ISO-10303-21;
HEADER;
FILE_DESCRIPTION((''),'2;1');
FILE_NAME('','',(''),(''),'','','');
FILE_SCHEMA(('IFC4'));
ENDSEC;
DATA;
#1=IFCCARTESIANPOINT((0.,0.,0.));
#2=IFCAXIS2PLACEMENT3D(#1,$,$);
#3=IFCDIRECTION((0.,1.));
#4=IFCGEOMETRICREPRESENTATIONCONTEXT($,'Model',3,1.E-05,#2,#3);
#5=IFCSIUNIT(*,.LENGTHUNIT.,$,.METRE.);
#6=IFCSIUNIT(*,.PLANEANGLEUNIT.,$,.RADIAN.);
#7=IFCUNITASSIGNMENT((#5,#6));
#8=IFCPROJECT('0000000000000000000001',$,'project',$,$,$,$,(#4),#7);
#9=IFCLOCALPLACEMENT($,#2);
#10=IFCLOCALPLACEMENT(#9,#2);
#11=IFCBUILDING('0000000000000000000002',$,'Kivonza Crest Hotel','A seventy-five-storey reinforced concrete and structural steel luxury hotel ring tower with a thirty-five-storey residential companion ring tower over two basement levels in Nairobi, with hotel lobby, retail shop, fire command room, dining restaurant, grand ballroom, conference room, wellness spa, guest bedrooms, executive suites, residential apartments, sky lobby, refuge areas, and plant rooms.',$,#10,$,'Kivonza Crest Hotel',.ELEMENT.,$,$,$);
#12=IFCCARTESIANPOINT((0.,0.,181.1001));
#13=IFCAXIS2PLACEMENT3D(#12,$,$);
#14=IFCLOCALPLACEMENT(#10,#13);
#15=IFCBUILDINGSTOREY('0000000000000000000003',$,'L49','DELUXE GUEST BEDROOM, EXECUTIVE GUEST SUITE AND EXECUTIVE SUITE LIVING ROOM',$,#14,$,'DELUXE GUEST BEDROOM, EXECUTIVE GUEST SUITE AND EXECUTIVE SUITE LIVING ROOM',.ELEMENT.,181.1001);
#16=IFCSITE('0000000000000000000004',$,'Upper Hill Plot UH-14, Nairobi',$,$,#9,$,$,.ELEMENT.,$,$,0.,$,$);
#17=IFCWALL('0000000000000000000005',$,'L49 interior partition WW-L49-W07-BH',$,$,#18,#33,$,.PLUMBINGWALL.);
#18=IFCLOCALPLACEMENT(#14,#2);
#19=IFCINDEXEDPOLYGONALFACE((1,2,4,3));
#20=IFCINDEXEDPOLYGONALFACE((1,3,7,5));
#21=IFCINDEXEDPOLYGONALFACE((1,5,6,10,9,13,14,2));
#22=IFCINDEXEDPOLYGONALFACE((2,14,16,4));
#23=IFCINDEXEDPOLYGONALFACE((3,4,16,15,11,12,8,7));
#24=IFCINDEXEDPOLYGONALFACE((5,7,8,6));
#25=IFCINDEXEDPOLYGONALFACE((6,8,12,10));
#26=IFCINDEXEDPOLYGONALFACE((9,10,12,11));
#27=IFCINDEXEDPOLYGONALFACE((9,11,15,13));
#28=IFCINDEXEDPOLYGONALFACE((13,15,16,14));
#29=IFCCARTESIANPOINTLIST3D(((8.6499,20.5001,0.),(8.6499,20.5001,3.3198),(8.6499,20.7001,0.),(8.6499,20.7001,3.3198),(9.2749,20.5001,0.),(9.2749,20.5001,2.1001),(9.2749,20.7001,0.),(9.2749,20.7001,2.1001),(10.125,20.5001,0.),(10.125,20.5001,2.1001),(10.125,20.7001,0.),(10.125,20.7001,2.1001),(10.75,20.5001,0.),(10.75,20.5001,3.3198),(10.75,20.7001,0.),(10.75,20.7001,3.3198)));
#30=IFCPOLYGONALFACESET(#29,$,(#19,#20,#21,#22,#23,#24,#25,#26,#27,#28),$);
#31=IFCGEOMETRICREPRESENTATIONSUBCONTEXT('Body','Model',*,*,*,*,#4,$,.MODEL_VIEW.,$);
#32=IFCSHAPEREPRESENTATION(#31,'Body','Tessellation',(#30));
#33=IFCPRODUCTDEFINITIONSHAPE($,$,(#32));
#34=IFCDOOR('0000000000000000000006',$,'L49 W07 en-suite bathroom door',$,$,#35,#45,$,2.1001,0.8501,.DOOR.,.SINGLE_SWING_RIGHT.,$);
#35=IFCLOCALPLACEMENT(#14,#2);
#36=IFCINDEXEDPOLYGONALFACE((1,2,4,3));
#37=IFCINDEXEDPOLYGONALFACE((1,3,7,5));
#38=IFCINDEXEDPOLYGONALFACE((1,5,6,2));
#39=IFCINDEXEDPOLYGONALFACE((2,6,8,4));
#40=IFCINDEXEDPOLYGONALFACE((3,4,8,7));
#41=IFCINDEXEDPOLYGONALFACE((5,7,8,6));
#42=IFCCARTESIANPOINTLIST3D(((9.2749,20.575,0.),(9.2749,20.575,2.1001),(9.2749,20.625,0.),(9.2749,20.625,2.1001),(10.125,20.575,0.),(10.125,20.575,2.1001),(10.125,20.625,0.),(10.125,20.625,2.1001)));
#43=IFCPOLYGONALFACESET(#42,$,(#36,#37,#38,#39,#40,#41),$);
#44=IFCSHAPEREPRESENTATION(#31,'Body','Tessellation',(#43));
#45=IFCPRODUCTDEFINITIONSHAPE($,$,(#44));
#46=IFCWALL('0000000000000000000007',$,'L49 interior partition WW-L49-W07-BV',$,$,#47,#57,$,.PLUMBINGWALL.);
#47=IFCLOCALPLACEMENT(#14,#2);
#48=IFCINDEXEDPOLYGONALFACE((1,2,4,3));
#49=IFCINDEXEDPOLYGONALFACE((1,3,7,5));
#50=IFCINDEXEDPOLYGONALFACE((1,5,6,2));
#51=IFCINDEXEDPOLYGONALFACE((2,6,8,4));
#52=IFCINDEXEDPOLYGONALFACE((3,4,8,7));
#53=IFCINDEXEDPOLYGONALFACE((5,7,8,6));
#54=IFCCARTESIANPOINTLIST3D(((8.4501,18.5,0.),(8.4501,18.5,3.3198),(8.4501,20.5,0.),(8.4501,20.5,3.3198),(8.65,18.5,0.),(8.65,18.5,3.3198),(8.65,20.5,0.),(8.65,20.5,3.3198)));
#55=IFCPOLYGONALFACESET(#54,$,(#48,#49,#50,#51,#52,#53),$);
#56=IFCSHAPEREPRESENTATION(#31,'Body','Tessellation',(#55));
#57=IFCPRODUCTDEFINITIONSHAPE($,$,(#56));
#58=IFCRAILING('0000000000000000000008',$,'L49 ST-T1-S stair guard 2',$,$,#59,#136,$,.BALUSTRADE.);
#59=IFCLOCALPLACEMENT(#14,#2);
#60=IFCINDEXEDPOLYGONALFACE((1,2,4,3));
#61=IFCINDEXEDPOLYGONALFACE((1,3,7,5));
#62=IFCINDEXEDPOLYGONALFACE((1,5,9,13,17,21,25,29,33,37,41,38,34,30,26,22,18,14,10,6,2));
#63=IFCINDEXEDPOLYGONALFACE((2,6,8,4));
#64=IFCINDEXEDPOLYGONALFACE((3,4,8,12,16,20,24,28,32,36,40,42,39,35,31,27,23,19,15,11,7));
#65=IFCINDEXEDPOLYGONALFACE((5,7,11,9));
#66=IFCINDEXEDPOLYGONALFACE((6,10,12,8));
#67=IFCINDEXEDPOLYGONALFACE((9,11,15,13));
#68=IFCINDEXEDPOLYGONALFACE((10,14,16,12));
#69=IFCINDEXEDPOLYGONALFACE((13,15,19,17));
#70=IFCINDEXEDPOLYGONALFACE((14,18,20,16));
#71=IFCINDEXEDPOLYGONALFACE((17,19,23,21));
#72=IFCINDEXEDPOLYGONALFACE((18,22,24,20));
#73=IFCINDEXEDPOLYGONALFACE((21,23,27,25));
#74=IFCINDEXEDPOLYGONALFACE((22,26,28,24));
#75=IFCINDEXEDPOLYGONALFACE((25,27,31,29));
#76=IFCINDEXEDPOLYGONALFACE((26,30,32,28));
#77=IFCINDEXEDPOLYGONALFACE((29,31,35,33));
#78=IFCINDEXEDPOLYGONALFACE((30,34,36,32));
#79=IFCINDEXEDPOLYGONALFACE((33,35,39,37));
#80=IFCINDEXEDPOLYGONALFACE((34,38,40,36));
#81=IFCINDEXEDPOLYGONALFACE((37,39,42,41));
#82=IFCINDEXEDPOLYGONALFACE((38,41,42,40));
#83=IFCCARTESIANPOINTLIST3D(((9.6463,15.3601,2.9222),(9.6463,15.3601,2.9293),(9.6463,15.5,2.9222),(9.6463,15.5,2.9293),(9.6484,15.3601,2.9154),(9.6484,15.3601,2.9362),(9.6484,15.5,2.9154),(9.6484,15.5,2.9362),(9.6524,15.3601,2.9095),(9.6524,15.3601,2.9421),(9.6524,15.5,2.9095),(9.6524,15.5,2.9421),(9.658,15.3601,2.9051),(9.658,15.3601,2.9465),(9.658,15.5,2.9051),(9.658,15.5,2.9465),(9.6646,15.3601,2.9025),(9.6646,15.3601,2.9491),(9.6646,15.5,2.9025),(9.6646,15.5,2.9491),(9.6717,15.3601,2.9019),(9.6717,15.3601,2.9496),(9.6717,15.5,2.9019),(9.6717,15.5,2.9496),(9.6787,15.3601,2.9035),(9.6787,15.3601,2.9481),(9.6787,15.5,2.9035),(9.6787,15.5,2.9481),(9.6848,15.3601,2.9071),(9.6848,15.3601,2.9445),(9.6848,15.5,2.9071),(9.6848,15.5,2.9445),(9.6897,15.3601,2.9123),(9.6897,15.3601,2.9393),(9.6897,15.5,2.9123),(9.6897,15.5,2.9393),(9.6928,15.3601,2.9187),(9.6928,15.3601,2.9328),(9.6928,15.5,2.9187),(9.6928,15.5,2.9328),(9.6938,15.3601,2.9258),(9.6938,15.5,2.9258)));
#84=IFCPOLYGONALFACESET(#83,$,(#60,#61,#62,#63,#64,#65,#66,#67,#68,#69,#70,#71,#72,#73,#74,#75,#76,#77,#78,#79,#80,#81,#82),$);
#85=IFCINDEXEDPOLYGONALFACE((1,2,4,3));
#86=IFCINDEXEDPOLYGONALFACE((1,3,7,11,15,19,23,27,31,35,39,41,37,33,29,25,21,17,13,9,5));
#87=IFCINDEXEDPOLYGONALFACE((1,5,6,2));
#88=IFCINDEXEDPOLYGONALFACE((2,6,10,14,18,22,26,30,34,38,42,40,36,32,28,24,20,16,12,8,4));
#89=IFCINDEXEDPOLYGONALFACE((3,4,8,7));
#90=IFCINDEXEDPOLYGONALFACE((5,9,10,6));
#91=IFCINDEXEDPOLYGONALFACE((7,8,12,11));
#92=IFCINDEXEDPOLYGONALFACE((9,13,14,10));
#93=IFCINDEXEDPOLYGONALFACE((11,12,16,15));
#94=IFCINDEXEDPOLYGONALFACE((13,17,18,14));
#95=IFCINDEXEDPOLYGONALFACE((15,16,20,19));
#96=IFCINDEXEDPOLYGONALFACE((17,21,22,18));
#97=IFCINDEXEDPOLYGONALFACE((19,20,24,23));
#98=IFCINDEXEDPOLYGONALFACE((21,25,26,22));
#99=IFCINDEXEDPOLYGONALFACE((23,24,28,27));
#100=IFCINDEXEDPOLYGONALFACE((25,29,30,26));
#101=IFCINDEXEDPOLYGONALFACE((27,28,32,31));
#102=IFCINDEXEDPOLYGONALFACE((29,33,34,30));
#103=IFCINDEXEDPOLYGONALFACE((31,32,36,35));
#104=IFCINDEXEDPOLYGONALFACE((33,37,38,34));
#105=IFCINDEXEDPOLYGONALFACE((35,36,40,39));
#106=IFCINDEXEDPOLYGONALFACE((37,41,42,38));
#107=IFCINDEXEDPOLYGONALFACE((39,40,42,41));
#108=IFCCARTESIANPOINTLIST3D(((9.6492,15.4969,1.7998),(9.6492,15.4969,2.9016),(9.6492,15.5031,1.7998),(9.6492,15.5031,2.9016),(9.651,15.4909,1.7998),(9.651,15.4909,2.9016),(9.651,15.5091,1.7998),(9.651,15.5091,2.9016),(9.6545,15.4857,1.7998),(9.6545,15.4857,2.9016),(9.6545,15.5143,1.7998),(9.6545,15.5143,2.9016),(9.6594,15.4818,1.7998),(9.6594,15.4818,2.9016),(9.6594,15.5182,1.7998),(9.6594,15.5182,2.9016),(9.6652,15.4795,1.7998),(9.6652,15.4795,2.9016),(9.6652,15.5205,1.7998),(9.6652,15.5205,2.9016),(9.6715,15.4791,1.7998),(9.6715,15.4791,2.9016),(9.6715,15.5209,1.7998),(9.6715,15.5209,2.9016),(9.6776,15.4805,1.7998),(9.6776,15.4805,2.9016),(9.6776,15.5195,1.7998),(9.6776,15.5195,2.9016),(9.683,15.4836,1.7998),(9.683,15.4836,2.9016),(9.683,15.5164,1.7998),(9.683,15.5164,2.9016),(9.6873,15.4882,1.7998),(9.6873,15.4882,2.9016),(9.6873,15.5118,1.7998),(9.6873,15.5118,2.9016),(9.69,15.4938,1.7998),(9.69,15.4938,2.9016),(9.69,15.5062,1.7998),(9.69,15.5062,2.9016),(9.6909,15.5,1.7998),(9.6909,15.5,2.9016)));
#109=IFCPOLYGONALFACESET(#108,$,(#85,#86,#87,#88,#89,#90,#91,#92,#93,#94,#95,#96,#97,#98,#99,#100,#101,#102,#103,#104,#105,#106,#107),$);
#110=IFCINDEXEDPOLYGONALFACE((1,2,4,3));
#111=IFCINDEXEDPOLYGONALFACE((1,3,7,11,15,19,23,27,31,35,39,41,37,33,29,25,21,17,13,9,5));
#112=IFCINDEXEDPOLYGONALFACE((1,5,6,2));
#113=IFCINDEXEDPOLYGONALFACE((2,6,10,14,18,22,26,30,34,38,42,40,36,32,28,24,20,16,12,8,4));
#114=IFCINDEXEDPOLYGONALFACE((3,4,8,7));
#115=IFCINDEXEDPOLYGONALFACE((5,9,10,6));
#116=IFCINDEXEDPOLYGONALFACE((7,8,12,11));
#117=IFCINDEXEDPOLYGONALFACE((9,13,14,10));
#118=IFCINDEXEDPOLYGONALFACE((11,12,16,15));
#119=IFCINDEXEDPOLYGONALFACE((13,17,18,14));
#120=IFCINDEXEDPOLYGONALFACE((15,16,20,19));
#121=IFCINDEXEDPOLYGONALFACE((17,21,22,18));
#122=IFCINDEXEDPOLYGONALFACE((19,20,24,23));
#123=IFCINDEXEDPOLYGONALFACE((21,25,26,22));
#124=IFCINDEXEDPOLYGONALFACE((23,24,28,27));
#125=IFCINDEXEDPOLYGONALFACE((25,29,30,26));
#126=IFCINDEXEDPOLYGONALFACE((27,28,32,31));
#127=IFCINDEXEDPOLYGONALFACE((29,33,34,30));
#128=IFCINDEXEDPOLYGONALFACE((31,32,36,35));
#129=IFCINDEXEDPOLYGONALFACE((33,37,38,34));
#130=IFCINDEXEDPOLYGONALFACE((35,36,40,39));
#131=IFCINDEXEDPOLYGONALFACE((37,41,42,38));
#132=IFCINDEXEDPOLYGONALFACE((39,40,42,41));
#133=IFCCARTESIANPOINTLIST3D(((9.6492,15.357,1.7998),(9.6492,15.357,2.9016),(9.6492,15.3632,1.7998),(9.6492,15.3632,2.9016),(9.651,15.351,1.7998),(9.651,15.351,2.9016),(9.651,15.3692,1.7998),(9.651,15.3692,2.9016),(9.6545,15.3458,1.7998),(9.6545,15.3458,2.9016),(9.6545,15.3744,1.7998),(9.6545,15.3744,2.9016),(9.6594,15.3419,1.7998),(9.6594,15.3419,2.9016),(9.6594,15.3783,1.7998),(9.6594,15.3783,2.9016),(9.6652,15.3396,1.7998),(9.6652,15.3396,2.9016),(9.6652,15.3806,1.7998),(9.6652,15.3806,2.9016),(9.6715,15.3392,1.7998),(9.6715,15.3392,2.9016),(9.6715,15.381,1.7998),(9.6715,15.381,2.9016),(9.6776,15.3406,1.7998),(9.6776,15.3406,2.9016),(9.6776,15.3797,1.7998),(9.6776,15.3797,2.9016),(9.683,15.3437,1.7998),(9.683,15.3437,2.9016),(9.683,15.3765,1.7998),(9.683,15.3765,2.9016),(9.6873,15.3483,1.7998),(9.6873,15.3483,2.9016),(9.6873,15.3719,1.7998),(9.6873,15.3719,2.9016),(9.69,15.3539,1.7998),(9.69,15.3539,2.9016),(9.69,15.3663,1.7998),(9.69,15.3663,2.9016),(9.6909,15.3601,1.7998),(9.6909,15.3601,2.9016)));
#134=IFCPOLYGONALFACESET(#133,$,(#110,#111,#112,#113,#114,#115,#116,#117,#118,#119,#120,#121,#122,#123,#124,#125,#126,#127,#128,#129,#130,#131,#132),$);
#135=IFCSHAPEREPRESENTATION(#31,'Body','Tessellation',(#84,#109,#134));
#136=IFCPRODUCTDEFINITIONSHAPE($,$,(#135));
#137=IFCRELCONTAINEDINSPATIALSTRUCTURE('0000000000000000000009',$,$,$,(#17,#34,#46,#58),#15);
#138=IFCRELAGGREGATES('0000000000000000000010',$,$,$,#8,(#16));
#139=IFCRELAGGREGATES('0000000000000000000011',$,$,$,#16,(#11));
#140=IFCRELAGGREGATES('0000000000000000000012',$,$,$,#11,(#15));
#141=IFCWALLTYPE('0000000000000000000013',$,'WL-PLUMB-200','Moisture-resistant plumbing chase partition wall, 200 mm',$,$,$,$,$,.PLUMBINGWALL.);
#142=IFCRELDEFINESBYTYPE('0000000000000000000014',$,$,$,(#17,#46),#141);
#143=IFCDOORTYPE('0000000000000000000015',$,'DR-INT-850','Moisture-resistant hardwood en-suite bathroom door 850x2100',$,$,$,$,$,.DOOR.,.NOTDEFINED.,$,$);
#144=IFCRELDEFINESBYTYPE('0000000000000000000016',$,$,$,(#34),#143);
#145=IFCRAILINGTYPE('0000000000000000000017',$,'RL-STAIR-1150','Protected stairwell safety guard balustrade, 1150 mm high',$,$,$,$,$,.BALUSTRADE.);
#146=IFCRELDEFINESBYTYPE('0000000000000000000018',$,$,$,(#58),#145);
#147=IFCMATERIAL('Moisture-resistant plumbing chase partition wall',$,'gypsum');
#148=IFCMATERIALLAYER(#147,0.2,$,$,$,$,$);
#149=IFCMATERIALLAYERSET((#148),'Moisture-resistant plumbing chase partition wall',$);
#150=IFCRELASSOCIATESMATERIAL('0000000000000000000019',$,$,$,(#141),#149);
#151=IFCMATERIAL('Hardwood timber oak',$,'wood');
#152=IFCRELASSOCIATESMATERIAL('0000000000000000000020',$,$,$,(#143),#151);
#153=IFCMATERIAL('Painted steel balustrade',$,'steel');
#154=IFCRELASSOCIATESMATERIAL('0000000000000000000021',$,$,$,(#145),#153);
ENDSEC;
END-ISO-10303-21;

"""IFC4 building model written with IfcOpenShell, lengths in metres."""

from ifc_helpers import new_model, si_unit, direction, frame, frame_2d, origin, origin_2d, place, context, subcontext, project, spatial, rectangle, circle, extrude, material, layer, layer_set, type_object, element, fill, save


model = new_model("IFC4")

# Units and contexts
model_context = context("Model", 3, precision=1e-05, world=origin(), true_north=direction((0.0, 1.0)))
body_context = subcontext(model_context, "Body", "Model", "MODEL_VIEW")
ifc_project = project(units=[si_unit("LENGTHUNIT", "METRE"), si_unit("PLANEANGLEUNIT", "RADIAN")], contexts=[model_context])

# Site, building, storey
site_placement = place(None, origin())
site = spatial("IfcSite", under=ifc_project, at=site_placement, Name="Upper Hill Plot UH-14, Nairobi", CompositionType="ELEMENT", RefElevation=0.0)
building_placement = place(site_placement, origin())
building = spatial("IfcBuilding", under=site, at=building_placement, Name="Kivonza Crest Hotel", Description="A seventy-five-storey reinforced concrete and structural steel luxury hotel ring tower with a thirty-five-storey residential companion ring tower over two basement levels in Nairobi, with hotel lobby, retail shop, fire command room, dining restaurant, grand ballroom, conference room, wellness spa, guest bedrooms, executive suites, residential apartments, sky lobby, refuge areas, and plant rooms.", LongName="Kivonza Crest Hotel", CompositionType="ELEMENT")
storey_placement = place(building_placement, frame((0.0, 0.0, 181.1001)))
storey = spatial("IfcBuildingStorey", under=building, at=storey_placement, Name="L49", Description="DELUXE GUEST BEDROOM, EXECUTIVE GUEST SUITE AND EXECUTIVE SUITE LIVING ROOM", LongName="DELUXE GUEST BEDROOM, EXECUTIVE GUEST SUITE AND EXECUTIVE SUITE LIVING ROOM", CompositionType="ELEMENT", Elevation=181.1001)

# Shared definitions
ifc_material_1 = material(Name="Hardwood timber oak", Category="wood")

# Wall, opening, door
ifc_material_2 = material(Name="Moisture-resistant plumbing chase partition wall", Category="gypsum")
ifc_layer_1 = layer(ifc_material_2, 0.2)
ifc_layer_set_1 = layer_set([ifc_layer_1], Name="Moisture-resistant plumbing chase partition wall")
wall_type_1 = type_object("IfcWallType", Name="WL-PLUMB-200", Description="Moisture-resistant plumbing chase partition wall, 200 mm", PredefinedType="PLUMBINGWALL", material=ifc_layer_set_1)
wall_1_placement = place(storey_placement, frame((8.6499, 20.6001, 0.0), z_axis=(0.0, 0.0, 1.0), x_axis=(1.0, 0.0, 0.0)))
wall_1 = element("IfcWall", 1, at=wall_1_placement, inside=storey, type_object=wall_type_1, Name="L49 interior partition WW-L49-W07-BH", PredefinedType="PLUMBINGWALL", context=body_context, shape_type="SweptSolid", body=[
    extrude(rectangle(XDim=2.1001, YDim=0.2, at=frame_2d((1.05, 0.0))), origin(), (0.0, 0.0, 1.0), 3.3198),
])
opening_1_placement = place(wall_1_placement, frame((0.625, 0.0, 0.0)))
opening_1 = element("IfcOpeningElement", 2, at=opening_1_placement, cuts=wall_1, PredefinedType="OPENING", context=body_context, shape_type="SweptSolid", body=[
    extrude(rectangle(XDim=0.8501, YDim=2.1001, at=frame_2d((0.425, 1.05))), frame((0.0, 0.1099, 0.0), z_axis=(0.0, -1.0, 0.0), x_axis=(1.0, 0.0, 0.0)), (0.0, 0.0, 1.0), 0.22),
])
door_type_1 = type_object("IfcDoorType", Name="DR-INT-850", Description="Moisture-resistant hardwood en-suite bathroom door 850x2100", OperationType="NOTDEFINED", PredefinedType="DOOR", material=ifc_material_1)
door_1_placement = place(opening_1_placement, origin())
door_1 = element("IfcDoor", 3, at=door_1_placement, inside=storey, type_object=door_type_1, Name="L49 W07 en-suite bathroom door", OperationType="SINGLE_SWING_RIGHT", OverallHeight=2.1001, OverallWidth=0.8501, PredefinedType="DOOR", context=body_context, shape_type="SweptSolid", body=[
    extrude(rectangle(XDim=0.8501, YDim=2.1001, at=frame_2d((0.425, 1.05))), frame((0.0, 0.0249, 0.0), z_axis=(0.0, -1.0, 0.0), x_axis=(1.0, 0.0, 0.0)), (0.0, 0.0, 1.0), 0.05),
])
fill(opening_1, door_1)

# Wall
wall_2_placement = place(storey_placement, frame((8.55, 18.5, 0.0), z_axis=(0.0, 0.0, 1.0), x_axis=(0.0, 1.0, 0.0)))
element("IfcWall", 4, at=wall_2_placement, inside=storey, type_object=wall_type_1, Name="L49 interior partition WW-L49-W07-BV", PredefinedType="PLUMBINGWALL", context=body_context, shape_type="SweptSolid", body=[
    extrude(rectangle(XDim=2.0, YDim=0.2, at=frame_2d((1.0, 0.0))), origin(), (0.0, 0.0, 1.0), 3.3198),
])

# Railing
ifc_material_3 = material(Name="Painted steel balustrade", Category="steel")
railing_type = type_object("IfcRailingType", Name="RL-STAIR-1150", Description="Protected stairwell safety guard balustrade, 1150 mm high", PredefinedType="BALUSTRADE", material=ifc_material_3)
railing_placement = place(storey_placement, frame((9.6699, 15.5, 1.7998)))
element("IfcRailing", 5, at=railing_placement, inside=storey, type_object=railing_type, Name="L49 ST-T1-S stair guard 2", PredefinedType="BALUSTRADE", context=body_context, shape_type="SweptSolid", body=[
    extrude(circle(Radius=0.0239, at=origin_2d()), frame((0.0, 0.0, 1.126), z_axis=(0.0, -1.0, 0.0), x_axis=(1.0, 0.0, 0.0)), (0.0, 0.0, 1.0), 0.1399),
    extrude(circle(Radius=0.021, at=origin_2d()), origin(), (0.0, 0.0, 1.0), 1.1018),
    extrude(circle(Radius=0.021, at=origin_2d()), frame((0.0, -0.1399, 0.0)), (0.0, 0.0, 1.0), 1.1018),
])

save(model, "model.ifc")
